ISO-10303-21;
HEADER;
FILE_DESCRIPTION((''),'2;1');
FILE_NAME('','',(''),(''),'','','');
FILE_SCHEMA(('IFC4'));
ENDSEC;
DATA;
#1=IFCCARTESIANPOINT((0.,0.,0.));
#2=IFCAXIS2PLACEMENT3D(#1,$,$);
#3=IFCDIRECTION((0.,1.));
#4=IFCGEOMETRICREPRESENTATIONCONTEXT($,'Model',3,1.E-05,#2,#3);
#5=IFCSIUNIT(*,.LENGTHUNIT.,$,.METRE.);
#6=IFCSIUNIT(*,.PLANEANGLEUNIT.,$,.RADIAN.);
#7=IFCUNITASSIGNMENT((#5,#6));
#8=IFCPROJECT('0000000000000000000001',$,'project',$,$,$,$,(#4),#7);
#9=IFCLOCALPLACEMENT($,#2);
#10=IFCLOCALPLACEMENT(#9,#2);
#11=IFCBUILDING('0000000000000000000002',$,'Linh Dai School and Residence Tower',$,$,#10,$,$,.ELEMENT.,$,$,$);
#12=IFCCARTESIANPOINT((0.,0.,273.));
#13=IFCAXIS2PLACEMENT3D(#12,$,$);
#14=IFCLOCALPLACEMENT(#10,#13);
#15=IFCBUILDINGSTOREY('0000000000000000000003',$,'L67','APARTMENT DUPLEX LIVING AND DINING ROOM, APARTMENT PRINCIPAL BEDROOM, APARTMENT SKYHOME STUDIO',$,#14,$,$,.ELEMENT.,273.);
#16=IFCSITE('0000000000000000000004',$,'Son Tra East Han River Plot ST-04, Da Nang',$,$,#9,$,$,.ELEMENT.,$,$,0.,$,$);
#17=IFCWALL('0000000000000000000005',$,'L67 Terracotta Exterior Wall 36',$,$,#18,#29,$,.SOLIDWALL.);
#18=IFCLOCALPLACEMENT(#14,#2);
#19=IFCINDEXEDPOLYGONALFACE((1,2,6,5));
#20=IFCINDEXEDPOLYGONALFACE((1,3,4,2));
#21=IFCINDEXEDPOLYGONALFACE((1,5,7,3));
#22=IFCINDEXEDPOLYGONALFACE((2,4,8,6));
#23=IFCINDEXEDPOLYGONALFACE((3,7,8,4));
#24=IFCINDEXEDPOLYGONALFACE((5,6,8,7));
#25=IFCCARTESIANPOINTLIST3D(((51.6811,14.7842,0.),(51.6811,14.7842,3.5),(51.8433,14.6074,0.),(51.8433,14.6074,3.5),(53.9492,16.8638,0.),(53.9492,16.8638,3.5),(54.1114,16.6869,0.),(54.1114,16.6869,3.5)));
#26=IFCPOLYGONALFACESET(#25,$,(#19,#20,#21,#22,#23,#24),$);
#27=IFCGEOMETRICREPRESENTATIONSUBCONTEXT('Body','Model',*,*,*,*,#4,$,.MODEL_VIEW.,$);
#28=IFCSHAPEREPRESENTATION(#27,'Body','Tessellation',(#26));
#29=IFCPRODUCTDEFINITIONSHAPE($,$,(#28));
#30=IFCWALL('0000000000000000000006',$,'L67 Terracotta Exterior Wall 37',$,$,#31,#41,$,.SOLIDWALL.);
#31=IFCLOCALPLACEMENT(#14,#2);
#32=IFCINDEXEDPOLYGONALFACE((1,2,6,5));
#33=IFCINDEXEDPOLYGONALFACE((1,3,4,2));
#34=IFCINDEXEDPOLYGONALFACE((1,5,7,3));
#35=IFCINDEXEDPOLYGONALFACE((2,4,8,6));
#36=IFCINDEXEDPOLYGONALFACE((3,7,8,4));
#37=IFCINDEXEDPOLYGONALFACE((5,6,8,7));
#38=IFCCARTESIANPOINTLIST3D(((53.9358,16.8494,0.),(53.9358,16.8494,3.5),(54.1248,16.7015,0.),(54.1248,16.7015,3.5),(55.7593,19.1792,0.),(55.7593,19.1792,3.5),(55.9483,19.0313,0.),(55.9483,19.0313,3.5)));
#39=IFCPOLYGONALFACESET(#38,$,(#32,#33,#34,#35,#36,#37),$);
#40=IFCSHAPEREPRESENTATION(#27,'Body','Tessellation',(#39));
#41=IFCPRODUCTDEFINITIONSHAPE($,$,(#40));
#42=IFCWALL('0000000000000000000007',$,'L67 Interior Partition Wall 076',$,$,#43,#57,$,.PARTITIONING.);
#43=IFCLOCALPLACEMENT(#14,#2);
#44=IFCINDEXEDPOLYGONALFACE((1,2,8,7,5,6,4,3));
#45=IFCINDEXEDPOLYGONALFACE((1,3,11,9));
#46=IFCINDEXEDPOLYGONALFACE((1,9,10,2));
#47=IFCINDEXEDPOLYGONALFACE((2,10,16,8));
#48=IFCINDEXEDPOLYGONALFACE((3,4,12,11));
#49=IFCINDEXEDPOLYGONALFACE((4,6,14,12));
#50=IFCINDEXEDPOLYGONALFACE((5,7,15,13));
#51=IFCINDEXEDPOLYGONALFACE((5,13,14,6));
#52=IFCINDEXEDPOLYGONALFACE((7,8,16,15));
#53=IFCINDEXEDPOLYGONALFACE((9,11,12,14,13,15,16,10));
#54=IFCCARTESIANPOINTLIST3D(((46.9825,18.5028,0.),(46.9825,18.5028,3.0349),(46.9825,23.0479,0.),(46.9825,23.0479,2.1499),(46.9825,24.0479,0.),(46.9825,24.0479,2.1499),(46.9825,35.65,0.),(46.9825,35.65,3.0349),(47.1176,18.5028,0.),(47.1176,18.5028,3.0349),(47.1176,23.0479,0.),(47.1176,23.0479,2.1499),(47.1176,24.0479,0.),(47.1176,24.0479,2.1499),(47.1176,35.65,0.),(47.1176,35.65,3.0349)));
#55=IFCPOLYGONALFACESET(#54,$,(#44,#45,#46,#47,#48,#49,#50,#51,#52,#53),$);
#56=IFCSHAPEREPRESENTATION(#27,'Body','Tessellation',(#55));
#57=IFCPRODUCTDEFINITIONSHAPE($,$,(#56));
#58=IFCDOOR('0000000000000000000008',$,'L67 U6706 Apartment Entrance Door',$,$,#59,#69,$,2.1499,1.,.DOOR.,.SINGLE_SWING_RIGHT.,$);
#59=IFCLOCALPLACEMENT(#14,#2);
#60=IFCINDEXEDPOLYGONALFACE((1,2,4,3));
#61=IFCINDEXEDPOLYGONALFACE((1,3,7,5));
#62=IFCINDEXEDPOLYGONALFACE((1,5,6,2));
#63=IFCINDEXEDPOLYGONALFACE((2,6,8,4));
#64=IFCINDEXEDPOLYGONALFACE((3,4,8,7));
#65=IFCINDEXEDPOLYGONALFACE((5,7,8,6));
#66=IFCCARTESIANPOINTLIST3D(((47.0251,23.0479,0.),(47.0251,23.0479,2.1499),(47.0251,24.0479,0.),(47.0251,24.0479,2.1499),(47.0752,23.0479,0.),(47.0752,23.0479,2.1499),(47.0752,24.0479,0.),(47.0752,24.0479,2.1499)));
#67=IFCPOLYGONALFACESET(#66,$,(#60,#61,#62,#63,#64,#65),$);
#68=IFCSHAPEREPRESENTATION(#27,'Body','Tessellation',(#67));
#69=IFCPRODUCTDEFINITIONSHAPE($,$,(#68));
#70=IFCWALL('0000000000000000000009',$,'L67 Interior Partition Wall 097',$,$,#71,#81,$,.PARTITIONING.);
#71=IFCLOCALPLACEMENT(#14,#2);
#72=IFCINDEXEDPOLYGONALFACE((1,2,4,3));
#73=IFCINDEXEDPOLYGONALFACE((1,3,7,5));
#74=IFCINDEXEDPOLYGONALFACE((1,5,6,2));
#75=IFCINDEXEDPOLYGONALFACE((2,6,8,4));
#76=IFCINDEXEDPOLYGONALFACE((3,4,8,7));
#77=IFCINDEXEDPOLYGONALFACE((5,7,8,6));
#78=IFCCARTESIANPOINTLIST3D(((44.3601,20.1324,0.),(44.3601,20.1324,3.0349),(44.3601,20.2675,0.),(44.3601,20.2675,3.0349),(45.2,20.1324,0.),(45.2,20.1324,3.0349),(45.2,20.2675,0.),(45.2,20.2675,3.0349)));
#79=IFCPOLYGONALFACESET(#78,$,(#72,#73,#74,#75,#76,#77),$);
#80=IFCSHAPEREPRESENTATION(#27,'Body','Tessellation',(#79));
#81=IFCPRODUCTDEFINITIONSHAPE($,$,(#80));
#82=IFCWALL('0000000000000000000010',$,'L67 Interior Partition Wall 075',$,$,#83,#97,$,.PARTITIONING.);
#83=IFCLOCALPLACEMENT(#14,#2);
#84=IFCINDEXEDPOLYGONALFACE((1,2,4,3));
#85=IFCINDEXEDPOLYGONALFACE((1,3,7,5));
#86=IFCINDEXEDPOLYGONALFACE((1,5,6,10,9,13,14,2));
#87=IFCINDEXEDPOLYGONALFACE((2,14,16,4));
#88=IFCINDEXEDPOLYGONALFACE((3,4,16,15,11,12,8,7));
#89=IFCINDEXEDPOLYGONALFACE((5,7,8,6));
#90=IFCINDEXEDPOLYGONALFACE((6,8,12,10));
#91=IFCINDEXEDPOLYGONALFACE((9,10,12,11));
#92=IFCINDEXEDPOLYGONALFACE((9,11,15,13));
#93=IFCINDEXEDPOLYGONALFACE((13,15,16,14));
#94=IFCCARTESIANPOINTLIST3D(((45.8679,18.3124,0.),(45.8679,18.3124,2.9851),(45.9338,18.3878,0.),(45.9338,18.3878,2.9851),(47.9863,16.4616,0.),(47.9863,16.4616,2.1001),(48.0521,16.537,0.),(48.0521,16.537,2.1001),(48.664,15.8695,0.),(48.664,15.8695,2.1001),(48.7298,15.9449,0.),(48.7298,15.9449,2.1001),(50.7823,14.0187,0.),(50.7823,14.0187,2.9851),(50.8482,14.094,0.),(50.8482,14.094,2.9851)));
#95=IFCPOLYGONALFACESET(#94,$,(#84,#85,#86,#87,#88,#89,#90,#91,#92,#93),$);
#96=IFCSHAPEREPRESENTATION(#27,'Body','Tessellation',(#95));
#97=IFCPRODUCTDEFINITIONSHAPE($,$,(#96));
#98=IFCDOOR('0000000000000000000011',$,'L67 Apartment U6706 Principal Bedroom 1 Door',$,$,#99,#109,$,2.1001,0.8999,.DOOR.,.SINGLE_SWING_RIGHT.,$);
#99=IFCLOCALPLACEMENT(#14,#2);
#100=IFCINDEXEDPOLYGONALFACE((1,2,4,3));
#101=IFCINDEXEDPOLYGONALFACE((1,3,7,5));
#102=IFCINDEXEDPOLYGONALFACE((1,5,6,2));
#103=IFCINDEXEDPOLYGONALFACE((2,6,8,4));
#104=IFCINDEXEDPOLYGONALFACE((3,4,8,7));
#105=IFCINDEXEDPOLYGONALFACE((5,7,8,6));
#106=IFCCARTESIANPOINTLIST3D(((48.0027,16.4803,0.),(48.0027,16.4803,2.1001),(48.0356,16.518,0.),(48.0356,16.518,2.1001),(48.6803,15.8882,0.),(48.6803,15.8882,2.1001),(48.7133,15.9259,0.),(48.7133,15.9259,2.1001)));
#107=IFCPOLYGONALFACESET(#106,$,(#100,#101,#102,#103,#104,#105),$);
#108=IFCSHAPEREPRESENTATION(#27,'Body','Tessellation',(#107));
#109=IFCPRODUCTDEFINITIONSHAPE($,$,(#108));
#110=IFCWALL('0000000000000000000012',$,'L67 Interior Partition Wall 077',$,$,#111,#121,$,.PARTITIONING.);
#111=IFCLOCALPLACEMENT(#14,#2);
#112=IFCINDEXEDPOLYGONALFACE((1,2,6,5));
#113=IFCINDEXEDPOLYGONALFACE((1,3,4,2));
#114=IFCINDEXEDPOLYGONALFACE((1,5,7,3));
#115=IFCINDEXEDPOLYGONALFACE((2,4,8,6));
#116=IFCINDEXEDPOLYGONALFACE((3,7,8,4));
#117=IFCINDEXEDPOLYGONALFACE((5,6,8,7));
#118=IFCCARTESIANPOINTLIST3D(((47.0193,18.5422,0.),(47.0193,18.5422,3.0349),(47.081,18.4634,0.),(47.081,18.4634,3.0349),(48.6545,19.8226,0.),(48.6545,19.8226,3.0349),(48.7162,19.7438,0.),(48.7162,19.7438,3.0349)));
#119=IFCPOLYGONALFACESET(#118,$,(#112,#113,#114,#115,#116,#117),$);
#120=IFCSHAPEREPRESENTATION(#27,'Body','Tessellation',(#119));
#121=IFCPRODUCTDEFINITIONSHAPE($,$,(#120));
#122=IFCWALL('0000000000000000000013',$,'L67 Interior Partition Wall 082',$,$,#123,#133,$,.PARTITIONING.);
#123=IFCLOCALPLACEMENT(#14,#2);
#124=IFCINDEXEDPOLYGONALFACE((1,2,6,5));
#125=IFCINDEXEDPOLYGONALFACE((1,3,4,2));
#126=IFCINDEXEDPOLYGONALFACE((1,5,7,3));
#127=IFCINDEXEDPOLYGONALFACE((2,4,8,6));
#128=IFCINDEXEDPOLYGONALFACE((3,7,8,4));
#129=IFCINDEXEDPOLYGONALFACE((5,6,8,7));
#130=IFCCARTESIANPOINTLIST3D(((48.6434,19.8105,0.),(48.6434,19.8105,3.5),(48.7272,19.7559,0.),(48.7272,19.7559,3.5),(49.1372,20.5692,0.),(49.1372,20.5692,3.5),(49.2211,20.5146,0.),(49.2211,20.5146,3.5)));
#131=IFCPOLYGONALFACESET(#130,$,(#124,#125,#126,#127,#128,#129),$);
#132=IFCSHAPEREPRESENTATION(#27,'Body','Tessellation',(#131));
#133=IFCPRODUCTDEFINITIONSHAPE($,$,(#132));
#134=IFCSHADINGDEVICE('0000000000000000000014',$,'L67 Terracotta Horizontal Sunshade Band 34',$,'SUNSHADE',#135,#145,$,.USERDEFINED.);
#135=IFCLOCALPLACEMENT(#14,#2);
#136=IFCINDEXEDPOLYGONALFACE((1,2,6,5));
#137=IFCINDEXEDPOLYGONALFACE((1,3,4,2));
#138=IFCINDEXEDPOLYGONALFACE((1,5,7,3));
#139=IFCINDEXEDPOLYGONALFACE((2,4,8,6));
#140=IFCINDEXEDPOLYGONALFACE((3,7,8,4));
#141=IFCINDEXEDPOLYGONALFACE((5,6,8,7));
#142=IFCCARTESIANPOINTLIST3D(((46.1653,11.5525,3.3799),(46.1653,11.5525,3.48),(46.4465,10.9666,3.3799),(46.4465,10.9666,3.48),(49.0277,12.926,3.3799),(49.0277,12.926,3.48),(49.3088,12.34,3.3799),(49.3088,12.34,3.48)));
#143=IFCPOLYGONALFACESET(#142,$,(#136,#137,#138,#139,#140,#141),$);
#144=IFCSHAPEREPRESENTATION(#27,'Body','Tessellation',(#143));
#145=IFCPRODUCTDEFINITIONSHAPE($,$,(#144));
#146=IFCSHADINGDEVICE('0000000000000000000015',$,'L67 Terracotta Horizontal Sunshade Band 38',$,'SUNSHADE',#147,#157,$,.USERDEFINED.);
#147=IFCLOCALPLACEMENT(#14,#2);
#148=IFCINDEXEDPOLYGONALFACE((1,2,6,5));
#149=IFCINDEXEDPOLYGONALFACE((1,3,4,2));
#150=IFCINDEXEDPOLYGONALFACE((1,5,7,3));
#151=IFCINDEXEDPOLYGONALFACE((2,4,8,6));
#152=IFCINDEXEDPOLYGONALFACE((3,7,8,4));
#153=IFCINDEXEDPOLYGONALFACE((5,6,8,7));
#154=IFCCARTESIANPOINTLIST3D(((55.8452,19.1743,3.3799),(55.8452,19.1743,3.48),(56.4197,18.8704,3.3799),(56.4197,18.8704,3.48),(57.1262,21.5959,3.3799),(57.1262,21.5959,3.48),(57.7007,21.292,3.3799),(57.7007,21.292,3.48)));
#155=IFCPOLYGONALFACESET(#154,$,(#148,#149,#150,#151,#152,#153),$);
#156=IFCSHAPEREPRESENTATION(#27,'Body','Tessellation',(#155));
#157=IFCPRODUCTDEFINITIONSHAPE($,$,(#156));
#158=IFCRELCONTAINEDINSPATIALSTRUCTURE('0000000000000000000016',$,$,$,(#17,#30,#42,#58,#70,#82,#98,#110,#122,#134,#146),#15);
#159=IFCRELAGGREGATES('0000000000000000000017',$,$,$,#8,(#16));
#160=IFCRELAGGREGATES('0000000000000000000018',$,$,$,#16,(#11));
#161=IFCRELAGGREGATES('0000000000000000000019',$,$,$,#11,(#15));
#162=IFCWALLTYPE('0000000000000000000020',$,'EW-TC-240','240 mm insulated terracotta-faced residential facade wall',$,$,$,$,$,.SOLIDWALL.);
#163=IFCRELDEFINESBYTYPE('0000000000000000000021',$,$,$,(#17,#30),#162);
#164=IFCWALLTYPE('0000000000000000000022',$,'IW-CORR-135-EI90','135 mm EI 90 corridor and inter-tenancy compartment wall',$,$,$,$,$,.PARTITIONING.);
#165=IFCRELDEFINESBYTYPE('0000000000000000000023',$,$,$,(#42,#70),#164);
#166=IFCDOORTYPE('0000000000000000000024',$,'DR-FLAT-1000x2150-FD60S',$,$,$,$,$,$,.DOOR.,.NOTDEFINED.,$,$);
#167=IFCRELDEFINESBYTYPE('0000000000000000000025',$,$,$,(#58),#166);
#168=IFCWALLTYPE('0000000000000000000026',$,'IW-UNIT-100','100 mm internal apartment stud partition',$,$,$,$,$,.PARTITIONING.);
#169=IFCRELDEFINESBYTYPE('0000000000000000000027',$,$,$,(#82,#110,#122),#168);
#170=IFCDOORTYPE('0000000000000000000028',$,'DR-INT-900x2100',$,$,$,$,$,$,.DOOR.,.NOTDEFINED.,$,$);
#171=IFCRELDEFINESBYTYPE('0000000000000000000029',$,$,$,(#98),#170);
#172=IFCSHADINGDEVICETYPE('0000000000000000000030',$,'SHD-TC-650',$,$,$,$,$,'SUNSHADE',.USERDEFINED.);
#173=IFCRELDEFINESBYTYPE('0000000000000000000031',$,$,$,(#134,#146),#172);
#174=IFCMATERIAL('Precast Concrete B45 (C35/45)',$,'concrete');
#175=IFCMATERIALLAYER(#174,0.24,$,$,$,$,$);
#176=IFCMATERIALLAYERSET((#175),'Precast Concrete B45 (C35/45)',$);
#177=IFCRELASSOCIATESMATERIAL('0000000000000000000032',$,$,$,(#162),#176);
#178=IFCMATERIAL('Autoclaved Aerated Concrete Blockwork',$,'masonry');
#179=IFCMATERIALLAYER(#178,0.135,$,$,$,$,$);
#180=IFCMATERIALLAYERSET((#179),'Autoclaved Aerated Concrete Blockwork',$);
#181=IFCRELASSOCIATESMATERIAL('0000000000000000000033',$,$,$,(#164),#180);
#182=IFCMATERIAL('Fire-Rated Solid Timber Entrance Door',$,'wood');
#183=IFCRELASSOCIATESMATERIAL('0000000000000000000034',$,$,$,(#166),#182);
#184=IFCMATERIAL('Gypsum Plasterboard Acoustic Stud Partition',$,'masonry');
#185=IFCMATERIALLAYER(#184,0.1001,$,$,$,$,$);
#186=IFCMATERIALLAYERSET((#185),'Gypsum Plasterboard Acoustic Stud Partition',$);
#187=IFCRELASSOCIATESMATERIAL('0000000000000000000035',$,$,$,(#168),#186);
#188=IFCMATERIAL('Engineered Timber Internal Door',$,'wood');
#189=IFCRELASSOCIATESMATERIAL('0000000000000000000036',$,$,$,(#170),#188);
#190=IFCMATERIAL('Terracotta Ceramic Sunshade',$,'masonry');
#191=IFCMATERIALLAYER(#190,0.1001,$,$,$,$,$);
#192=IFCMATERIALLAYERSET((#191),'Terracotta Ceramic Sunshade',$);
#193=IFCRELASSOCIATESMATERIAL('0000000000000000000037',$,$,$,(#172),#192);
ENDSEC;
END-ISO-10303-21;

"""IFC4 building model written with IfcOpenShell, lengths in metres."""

from ifc_helpers import new_model, si_unit, direction, frame, frame_2d, origin, origin_2d, place, context, subcontext, project, spatial, rectangle, extrude, source, transform, mapped, material, layer, layer_set, type_object, element, fill, save


model = new_model("IFC4")

# Units and contexts
model_context = context("Model", 3, precision=1e-05, world=origin(), true_north=direction((0.0, 1.0)))
body_context = subcontext(model_context, "Body", "Model", "MODEL_VIEW")
ifc_project = project(units=[si_unit("LENGTHUNIT", "METRE"), si_unit("PLANEANGLEUNIT", "RADIAN")], contexts=[model_context])

# Site, building, storey
site_placement = place(None, origin())
site = spatial("IfcSite", under=ifc_project, at=site_placement, Name="Son Tra East Han River Plot ST-04, Da Nang", CompositionType="ELEMENT", RefElevation=0.0)
building_placement = place(site_placement, origin())
building = spatial("IfcBuilding", under=site, at=building_placement, Name="Linh Dai School and Residence Tower", CompositionType="ELEMENT")
storey_placement = place(building_placement, frame((0.0, 0.0, 273.0)))
storey = spatial("IfcBuildingStorey", under=building, at=storey_placement, Name="L67", Description="APARTMENT DUPLEX LIVING AND DINING ROOM, APARTMENT PRINCIPAL BEDROOM, APARTMENT SKYHOME STUDIO", CompositionType="ELEMENT", Elevation=273.0)

# Shared definitions
ifc_material_1 = material(Name="Precast Concrete B45 (C35/45)", Category="concrete")

# Shared definitions
ifc_layer_1 = layer(ifc_material_1, 0.24)
ifc_layer_set_1 = layer_set([ifc_layer_1], Name="Precast Concrete B45 (C35/45)")
wall_type_1 = type_object("IfcWallType", Name="EW-TC-240", Description="240 mm insulated terracotta-faced residential facade wall", PredefinedType="SOLIDWALL", material=ifc_layer_set_1)

# Walls
wall_1_placement = place(storey_placement, frame((54.0303, 16.7754, 0.0), z_axis=(0.0, 0.0, 1.0), x_axis=(-0.737069, -0.675818, 0.0)))
element("IfcWall", 1, at=wall_1_placement, inside=storey, type_object=wall_type_1, Name="L67 Terracotta Exterior Wall 36", PredefinedType="SOLIDWALL", context=body_context, shape_type="SweptSolid", body=[
    extrude(rectangle(XDim=3.0771, YDim=0.24, at=frame_2d((1.5386, 0.0))), origin(), (0.0, 0.0, 1.0), 3.5),
])
wall_2_placement = place(storey_placement, frame((55.8538, 19.1052, 0.0), z_axis=(0.0, 0.0, 1.0), x_axis=(-0.616337, -0.787482, 0.0)))
element("IfcWall", 2, at=wall_2_placement, inside=storey, type_object=wall_type_1, Name="L67 Terracotta Exterior Wall 37", PredefinedType="SOLIDWALL", context=body_context, shape_type="SweptSolid", body=[
    extrude(rectangle(XDim=2.9585, YDim=0.24, at=frame_2d((1.4792, 0.0))), origin(), (0.0, 0.0, 1.0), 3.5),
])

# Wall, opening, door
ifc_material_2 = material(Name="Autoclaved Aerated Concrete Blockwork", Category="masonry")
ifc_layer_2 = layer(ifc_material_2, 0.135)
ifc_layer_set_2 = layer_set([ifc_layer_2], Name="Autoclaved Aerated Concrete Blockwork")
wall_type_2 = type_object("IfcWallType", Name="IW-CORR-135-EI90", Description="135 mm EI 90 corridor and inter-tenancy compartment wall", PredefinedType="PARTITIONING", material=ifc_layer_set_2)
wall_3_placement = place(storey_placement, frame((47.05, 18.5027, 0.0), z_axis=(0.0, 0.0, 1.0), x_axis=(0.0, 1.0, 0.0)))
wall_3 = element("IfcWall", 3, at=wall_3_placement, inside=storey, type_object=wall_type_2, Name="L67 Interior Partition Wall 076", PredefinedType="PARTITIONING", context=body_context, shape_type="SweptSolid", body=[
    extrude(rectangle(XDim=17.1472, YDim=0.135, at=frame_2d((8.5737, 0.0))), origin(), (0.0, 0.0, 1.0), 3.0349),
])
opening_1_placement = place(wall_3_placement, frame((4.5452, 0.0, 0.0)))
opening_1 = element("IfcOpeningElement", 4, at=opening_1_placement, cuts=wall_3, PredefinedType="OPENING", context=body_context, shape_type="SweptSolid", body=[
    extrude(rectangle(XDim=1.0, YDim=2.1499, at=origin_2d()), frame((0.5, 0.0776, 1.075), z_axis=(0.0, -1.0, 0.0), x_axis=(1.0, 0.0, 0.0)), (0.0, 0.0, 1.0), 0.155),
])
ifc_material_3 = material(Name="Fire-Rated Solid Timber Entrance Door", Category="wood")
door_type_1 = type_object("IfcDoorType", Name="DR-FLAT-1000x2150-FD60S", OperationType="NOTDEFINED", PredefinedType="DOOR", material=ifc_material_3)
shared_shape_1 = source(origin(), body_context, "Body", "SweptSolid", [
    extrude(rectangle(XDim=1.0, YDim=2.1499, at=origin_2d()), frame((0.5, 0.0249, 1.075), z_axis=(0.0, -1.0, 0.0), x_axis=(1.0, 0.0, 0.0)), (0.0, 0.0, 1.0), 0.05),
])
door_1_placement = place(opening_1_placement, origin())
door_1 = element("IfcDoor", 5, at=door_1_placement, inside=storey, type_object=door_type_1, Name="L67 U6706 Apartment Entrance Door", OperationType="SINGLE_SWING_RIGHT", OverallHeight=2.1499, OverallWidth=1.0, PredefinedType="DOOR", context=body_context, shape_type="MappedRepresentation", body=[
    mapped(shared_shape_1, transform((0.0, 0.0, 0.0), x_axis=(1.0, 0.0, 0.0), y_axis=(0.0, 1.0, 0.0), z_axis=(0.0, 0.0, 1.0), scale=1.0)),
])
fill(opening_1, door_1)

# Wall
wall_4_placement = place(storey_placement, frame((44.3601, 20.2, 0.0), z_axis=(0.0, 0.0, 1.0), x_axis=(1.0, 0.0, 0.0)))
element("IfcWall", 6, at=wall_4_placement, inside=storey, type_object=wall_type_2, Name="L67 Interior Partition Wall 097", PredefinedType="PARTITIONING", context=body_context, shape_type="SweptSolid", body=[
    extrude(rectangle(XDim=0.8398, YDim=0.135, at=frame_2d((0.4199, 0.0))), origin(), (0.0, 0.0, 1.0), 3.0349),
])

# Wall, opening, door
ifc_material_4 = material(Name="Gypsum Plasterboard Acoustic Stud Partition", Category="masonry")
ifc_layer_3 = layer(ifc_material_4, 0.1001)
ifc_layer_set_3 = layer_set([ifc_layer_3], Name="Gypsum Plasterboard Acoustic Stud Partition")
wall_type_3 = type_object("IfcWallType", Name="IW-UNIT-100", Description="100 mm internal apartment stud partition", PredefinedType="PARTITIONING", material=ifc_layer_set_3)
wall_5_placement = place(storey_placement, frame((45.9009, 18.3501, 0.0), z_axis=(0.0, 0.0, 1.0), x_axis=(0.753056, -0.657956, 0.0)))
wall_5 = element("IfcWall", 7, at=wall_5_placement, inside=storey, type_object=wall_type_3, Name="L67 Interior Partition Wall 075", PredefinedType="PARTITIONING", context=body_context, shape_type="SweptSolid", body=[
    extrude(rectangle(XDim=6.5259, YDim=0.1001, at=frame_2d((3.2629, 0.0))), origin(), (0.0, 0.0, 1.0), 2.9851),
])
opening_2_placement = place(wall_5_placement, frame((2.813, 0.0, 0.0)))
opening_2 = element("IfcOpeningElement", 8, at=opening_2_placement, cuts=wall_5, PredefinedType="OPENING", context=body_context, shape_type="SweptSolid", body=[
    extrude(rectangle(XDim=0.8999, YDim=2.1001, at=origin_2d()), frame((0.45, 0.0601, 1.05), z_axis=(0.0, -1.0, 0.0), x_axis=(1.0, 0.0, 0.0)), (0.0, 0.0, 1.0), 0.1201),
])
ifc_material_5 = material(Name="Engineered Timber Internal Door", Category="wood")
door_type_2 = type_object("IfcDoorType", Name="DR-INT-900x2100", OperationType="NOTDEFINED", PredefinedType="DOOR", material=ifc_material_5)
shared_shape_2 = source(origin(), body_context, "Body", "SweptSolid", [
    extrude(rectangle(XDim=0.8999, YDim=2.1001, at=origin_2d()), frame((0.45, 0.0249, 1.05), z_axis=(0.0, -1.0, 0.0), x_axis=(1.0, 0.0, 0.0)), (0.0, 0.0, 1.0), 0.05),
])
door_2_placement = place(opening_2_placement, origin())
door_2 = element("IfcDoor", 9, at=door_2_placement, inside=storey, type_object=door_type_2, Name="L67 Apartment U6706 Principal Bedroom 1 Door", OperationType="SINGLE_SWING_RIGHT", OverallHeight=2.1001, OverallWidth=0.8999, PredefinedType="DOOR", context=body_context, shape_type="MappedRepresentation", body=[
    mapped(shared_shape_2, transform((0.0, 0.0, 0.0), x_axis=(1.0, 0.0, 0.0), y_axis=(0.0, 1.0, 0.0), z_axis=(0.0, 0.0, 1.0), scale=1.0)),
])
fill(opening_2, door_2)

# Walls
wall_6_placement = place(storey_placement, frame((47.05, 18.5027, 0.0), z_axis=(0.0, 0.0, 1.0), x_axis=(0.787329, 0.616533, 0.0)))
element("IfcWall", 10, at=wall_6_placement, inside=storey, type_object=wall_type_3, Name="L67 Interior Partition Wall 077", PredefinedType="PARTITIONING", context=body_context, shape_type="SweptSolid", body=[
    extrude(rectangle(XDim=2.0769, YDim=0.1001, at=frame_2d((1.0386, 0.0))), origin(), (0.0, 0.0, 1.0), 3.0349),
])
wall_7_placement = place(storey_placement, frame((48.6853, 19.7832, 0.0), z_axis=(0.0, 0.0, 1.0), x_axis=(0.545519, 0.838098, 0.0)))
element("IfcWall", 11, at=wall_7_placement, inside=storey, type_object=wall_type_3, Name="L67 Interior Partition Wall 082", PredefinedType="PARTITIONING", context=body_context, shape_type="SweptSolid", body=[
    extrude(rectangle(XDim=0.9053, YDim=0.1001, at=frame_2d((0.4526, 0.0))), origin(), (0.0, 0.0, 1.0), 3.5),
])

# Shading devices
ifc_material_6 = material(Name="Terracotta Ceramic Sunshade", Category="masonry")
ifc_layer_4 = layer(ifc_material_6, 0.1001)
ifc_layer_set_4 = layer_set([ifc_layer_4], Name="Terracotta Ceramic Sunshade")
shading_device_type = type_object("IfcShadingDeviceType", Name="SHD-TC-650", ElementType="SUNSHADE", PredefinedType="USERDEFINED", material=ifc_layer_set_4)
shared_shape_3 = source(origin(), body_context, "Body", "SweptSolid", [
    extrude(rectangle(XDim=3.1748, YDim=0.6499, at=origin_2d()), origin(), (0.0, 0.0, 1.0), 0.1001),
])
shading_device_1_placement = place(storey_placement, frame((47.7371, 11.9463, 3.3799), z_axis=(0.0, 0.0, 1.0), x_axis=(-0.90158, -0.432612, 0.0)))
element("IfcShadingDevice", 12, at=shading_device_1_placement, inside=storey, type_object=shading_device_type, Name="L67 Terracotta Horizontal Sunshade Band 34", ObjectType="SUNSHADE", PredefinedType="USERDEFINED", context=body_context, shape_type="MappedRepresentation", body=[
    mapped(shared_shape_3, transform((0.0, 0.0, 0.0), x_axis=(1.0, 0.0, 0.0), y_axis=(0.0, 1.0, 0.0), z_axis=(0.0, 0.0, 1.0), scale=1.0)),
])
shared_shape_4 = source(origin(), body_context, "Body", "SweptSolid", [
    extrude(rectangle(XDim=2.7395, YDim=0.6499, at=origin_2d()), origin(), (0.0, 0.0, 1.0), 0.1001),
])
shading_device_2_placement = place(storey_placement, frame((56.7729, 20.2332, 3.3799), z_axis=(0.0, 0.0, 1.0), x_axis=(-0.467604, -0.883938, 0.0)))
element("IfcShadingDevice", 13, at=shading_device_2_placement, inside=storey, type_object=shading_device_type, Name="L67 Terracotta Horizontal Sunshade Band 38", ObjectType="SUNSHADE", PredefinedType="USERDEFINED", context=body_context, shape_type="MappedRepresentation", body=[
    mapped(shared_shape_4, transform((0.0, 0.0, 0.0), x_axis=(1.0, 0.0, 0.0), y_axis=(0.0, 1.0, 0.0), z_axis=(0.0, 0.0, 1.0), scale=1.0)),
])

save(model, "model.ifc")
